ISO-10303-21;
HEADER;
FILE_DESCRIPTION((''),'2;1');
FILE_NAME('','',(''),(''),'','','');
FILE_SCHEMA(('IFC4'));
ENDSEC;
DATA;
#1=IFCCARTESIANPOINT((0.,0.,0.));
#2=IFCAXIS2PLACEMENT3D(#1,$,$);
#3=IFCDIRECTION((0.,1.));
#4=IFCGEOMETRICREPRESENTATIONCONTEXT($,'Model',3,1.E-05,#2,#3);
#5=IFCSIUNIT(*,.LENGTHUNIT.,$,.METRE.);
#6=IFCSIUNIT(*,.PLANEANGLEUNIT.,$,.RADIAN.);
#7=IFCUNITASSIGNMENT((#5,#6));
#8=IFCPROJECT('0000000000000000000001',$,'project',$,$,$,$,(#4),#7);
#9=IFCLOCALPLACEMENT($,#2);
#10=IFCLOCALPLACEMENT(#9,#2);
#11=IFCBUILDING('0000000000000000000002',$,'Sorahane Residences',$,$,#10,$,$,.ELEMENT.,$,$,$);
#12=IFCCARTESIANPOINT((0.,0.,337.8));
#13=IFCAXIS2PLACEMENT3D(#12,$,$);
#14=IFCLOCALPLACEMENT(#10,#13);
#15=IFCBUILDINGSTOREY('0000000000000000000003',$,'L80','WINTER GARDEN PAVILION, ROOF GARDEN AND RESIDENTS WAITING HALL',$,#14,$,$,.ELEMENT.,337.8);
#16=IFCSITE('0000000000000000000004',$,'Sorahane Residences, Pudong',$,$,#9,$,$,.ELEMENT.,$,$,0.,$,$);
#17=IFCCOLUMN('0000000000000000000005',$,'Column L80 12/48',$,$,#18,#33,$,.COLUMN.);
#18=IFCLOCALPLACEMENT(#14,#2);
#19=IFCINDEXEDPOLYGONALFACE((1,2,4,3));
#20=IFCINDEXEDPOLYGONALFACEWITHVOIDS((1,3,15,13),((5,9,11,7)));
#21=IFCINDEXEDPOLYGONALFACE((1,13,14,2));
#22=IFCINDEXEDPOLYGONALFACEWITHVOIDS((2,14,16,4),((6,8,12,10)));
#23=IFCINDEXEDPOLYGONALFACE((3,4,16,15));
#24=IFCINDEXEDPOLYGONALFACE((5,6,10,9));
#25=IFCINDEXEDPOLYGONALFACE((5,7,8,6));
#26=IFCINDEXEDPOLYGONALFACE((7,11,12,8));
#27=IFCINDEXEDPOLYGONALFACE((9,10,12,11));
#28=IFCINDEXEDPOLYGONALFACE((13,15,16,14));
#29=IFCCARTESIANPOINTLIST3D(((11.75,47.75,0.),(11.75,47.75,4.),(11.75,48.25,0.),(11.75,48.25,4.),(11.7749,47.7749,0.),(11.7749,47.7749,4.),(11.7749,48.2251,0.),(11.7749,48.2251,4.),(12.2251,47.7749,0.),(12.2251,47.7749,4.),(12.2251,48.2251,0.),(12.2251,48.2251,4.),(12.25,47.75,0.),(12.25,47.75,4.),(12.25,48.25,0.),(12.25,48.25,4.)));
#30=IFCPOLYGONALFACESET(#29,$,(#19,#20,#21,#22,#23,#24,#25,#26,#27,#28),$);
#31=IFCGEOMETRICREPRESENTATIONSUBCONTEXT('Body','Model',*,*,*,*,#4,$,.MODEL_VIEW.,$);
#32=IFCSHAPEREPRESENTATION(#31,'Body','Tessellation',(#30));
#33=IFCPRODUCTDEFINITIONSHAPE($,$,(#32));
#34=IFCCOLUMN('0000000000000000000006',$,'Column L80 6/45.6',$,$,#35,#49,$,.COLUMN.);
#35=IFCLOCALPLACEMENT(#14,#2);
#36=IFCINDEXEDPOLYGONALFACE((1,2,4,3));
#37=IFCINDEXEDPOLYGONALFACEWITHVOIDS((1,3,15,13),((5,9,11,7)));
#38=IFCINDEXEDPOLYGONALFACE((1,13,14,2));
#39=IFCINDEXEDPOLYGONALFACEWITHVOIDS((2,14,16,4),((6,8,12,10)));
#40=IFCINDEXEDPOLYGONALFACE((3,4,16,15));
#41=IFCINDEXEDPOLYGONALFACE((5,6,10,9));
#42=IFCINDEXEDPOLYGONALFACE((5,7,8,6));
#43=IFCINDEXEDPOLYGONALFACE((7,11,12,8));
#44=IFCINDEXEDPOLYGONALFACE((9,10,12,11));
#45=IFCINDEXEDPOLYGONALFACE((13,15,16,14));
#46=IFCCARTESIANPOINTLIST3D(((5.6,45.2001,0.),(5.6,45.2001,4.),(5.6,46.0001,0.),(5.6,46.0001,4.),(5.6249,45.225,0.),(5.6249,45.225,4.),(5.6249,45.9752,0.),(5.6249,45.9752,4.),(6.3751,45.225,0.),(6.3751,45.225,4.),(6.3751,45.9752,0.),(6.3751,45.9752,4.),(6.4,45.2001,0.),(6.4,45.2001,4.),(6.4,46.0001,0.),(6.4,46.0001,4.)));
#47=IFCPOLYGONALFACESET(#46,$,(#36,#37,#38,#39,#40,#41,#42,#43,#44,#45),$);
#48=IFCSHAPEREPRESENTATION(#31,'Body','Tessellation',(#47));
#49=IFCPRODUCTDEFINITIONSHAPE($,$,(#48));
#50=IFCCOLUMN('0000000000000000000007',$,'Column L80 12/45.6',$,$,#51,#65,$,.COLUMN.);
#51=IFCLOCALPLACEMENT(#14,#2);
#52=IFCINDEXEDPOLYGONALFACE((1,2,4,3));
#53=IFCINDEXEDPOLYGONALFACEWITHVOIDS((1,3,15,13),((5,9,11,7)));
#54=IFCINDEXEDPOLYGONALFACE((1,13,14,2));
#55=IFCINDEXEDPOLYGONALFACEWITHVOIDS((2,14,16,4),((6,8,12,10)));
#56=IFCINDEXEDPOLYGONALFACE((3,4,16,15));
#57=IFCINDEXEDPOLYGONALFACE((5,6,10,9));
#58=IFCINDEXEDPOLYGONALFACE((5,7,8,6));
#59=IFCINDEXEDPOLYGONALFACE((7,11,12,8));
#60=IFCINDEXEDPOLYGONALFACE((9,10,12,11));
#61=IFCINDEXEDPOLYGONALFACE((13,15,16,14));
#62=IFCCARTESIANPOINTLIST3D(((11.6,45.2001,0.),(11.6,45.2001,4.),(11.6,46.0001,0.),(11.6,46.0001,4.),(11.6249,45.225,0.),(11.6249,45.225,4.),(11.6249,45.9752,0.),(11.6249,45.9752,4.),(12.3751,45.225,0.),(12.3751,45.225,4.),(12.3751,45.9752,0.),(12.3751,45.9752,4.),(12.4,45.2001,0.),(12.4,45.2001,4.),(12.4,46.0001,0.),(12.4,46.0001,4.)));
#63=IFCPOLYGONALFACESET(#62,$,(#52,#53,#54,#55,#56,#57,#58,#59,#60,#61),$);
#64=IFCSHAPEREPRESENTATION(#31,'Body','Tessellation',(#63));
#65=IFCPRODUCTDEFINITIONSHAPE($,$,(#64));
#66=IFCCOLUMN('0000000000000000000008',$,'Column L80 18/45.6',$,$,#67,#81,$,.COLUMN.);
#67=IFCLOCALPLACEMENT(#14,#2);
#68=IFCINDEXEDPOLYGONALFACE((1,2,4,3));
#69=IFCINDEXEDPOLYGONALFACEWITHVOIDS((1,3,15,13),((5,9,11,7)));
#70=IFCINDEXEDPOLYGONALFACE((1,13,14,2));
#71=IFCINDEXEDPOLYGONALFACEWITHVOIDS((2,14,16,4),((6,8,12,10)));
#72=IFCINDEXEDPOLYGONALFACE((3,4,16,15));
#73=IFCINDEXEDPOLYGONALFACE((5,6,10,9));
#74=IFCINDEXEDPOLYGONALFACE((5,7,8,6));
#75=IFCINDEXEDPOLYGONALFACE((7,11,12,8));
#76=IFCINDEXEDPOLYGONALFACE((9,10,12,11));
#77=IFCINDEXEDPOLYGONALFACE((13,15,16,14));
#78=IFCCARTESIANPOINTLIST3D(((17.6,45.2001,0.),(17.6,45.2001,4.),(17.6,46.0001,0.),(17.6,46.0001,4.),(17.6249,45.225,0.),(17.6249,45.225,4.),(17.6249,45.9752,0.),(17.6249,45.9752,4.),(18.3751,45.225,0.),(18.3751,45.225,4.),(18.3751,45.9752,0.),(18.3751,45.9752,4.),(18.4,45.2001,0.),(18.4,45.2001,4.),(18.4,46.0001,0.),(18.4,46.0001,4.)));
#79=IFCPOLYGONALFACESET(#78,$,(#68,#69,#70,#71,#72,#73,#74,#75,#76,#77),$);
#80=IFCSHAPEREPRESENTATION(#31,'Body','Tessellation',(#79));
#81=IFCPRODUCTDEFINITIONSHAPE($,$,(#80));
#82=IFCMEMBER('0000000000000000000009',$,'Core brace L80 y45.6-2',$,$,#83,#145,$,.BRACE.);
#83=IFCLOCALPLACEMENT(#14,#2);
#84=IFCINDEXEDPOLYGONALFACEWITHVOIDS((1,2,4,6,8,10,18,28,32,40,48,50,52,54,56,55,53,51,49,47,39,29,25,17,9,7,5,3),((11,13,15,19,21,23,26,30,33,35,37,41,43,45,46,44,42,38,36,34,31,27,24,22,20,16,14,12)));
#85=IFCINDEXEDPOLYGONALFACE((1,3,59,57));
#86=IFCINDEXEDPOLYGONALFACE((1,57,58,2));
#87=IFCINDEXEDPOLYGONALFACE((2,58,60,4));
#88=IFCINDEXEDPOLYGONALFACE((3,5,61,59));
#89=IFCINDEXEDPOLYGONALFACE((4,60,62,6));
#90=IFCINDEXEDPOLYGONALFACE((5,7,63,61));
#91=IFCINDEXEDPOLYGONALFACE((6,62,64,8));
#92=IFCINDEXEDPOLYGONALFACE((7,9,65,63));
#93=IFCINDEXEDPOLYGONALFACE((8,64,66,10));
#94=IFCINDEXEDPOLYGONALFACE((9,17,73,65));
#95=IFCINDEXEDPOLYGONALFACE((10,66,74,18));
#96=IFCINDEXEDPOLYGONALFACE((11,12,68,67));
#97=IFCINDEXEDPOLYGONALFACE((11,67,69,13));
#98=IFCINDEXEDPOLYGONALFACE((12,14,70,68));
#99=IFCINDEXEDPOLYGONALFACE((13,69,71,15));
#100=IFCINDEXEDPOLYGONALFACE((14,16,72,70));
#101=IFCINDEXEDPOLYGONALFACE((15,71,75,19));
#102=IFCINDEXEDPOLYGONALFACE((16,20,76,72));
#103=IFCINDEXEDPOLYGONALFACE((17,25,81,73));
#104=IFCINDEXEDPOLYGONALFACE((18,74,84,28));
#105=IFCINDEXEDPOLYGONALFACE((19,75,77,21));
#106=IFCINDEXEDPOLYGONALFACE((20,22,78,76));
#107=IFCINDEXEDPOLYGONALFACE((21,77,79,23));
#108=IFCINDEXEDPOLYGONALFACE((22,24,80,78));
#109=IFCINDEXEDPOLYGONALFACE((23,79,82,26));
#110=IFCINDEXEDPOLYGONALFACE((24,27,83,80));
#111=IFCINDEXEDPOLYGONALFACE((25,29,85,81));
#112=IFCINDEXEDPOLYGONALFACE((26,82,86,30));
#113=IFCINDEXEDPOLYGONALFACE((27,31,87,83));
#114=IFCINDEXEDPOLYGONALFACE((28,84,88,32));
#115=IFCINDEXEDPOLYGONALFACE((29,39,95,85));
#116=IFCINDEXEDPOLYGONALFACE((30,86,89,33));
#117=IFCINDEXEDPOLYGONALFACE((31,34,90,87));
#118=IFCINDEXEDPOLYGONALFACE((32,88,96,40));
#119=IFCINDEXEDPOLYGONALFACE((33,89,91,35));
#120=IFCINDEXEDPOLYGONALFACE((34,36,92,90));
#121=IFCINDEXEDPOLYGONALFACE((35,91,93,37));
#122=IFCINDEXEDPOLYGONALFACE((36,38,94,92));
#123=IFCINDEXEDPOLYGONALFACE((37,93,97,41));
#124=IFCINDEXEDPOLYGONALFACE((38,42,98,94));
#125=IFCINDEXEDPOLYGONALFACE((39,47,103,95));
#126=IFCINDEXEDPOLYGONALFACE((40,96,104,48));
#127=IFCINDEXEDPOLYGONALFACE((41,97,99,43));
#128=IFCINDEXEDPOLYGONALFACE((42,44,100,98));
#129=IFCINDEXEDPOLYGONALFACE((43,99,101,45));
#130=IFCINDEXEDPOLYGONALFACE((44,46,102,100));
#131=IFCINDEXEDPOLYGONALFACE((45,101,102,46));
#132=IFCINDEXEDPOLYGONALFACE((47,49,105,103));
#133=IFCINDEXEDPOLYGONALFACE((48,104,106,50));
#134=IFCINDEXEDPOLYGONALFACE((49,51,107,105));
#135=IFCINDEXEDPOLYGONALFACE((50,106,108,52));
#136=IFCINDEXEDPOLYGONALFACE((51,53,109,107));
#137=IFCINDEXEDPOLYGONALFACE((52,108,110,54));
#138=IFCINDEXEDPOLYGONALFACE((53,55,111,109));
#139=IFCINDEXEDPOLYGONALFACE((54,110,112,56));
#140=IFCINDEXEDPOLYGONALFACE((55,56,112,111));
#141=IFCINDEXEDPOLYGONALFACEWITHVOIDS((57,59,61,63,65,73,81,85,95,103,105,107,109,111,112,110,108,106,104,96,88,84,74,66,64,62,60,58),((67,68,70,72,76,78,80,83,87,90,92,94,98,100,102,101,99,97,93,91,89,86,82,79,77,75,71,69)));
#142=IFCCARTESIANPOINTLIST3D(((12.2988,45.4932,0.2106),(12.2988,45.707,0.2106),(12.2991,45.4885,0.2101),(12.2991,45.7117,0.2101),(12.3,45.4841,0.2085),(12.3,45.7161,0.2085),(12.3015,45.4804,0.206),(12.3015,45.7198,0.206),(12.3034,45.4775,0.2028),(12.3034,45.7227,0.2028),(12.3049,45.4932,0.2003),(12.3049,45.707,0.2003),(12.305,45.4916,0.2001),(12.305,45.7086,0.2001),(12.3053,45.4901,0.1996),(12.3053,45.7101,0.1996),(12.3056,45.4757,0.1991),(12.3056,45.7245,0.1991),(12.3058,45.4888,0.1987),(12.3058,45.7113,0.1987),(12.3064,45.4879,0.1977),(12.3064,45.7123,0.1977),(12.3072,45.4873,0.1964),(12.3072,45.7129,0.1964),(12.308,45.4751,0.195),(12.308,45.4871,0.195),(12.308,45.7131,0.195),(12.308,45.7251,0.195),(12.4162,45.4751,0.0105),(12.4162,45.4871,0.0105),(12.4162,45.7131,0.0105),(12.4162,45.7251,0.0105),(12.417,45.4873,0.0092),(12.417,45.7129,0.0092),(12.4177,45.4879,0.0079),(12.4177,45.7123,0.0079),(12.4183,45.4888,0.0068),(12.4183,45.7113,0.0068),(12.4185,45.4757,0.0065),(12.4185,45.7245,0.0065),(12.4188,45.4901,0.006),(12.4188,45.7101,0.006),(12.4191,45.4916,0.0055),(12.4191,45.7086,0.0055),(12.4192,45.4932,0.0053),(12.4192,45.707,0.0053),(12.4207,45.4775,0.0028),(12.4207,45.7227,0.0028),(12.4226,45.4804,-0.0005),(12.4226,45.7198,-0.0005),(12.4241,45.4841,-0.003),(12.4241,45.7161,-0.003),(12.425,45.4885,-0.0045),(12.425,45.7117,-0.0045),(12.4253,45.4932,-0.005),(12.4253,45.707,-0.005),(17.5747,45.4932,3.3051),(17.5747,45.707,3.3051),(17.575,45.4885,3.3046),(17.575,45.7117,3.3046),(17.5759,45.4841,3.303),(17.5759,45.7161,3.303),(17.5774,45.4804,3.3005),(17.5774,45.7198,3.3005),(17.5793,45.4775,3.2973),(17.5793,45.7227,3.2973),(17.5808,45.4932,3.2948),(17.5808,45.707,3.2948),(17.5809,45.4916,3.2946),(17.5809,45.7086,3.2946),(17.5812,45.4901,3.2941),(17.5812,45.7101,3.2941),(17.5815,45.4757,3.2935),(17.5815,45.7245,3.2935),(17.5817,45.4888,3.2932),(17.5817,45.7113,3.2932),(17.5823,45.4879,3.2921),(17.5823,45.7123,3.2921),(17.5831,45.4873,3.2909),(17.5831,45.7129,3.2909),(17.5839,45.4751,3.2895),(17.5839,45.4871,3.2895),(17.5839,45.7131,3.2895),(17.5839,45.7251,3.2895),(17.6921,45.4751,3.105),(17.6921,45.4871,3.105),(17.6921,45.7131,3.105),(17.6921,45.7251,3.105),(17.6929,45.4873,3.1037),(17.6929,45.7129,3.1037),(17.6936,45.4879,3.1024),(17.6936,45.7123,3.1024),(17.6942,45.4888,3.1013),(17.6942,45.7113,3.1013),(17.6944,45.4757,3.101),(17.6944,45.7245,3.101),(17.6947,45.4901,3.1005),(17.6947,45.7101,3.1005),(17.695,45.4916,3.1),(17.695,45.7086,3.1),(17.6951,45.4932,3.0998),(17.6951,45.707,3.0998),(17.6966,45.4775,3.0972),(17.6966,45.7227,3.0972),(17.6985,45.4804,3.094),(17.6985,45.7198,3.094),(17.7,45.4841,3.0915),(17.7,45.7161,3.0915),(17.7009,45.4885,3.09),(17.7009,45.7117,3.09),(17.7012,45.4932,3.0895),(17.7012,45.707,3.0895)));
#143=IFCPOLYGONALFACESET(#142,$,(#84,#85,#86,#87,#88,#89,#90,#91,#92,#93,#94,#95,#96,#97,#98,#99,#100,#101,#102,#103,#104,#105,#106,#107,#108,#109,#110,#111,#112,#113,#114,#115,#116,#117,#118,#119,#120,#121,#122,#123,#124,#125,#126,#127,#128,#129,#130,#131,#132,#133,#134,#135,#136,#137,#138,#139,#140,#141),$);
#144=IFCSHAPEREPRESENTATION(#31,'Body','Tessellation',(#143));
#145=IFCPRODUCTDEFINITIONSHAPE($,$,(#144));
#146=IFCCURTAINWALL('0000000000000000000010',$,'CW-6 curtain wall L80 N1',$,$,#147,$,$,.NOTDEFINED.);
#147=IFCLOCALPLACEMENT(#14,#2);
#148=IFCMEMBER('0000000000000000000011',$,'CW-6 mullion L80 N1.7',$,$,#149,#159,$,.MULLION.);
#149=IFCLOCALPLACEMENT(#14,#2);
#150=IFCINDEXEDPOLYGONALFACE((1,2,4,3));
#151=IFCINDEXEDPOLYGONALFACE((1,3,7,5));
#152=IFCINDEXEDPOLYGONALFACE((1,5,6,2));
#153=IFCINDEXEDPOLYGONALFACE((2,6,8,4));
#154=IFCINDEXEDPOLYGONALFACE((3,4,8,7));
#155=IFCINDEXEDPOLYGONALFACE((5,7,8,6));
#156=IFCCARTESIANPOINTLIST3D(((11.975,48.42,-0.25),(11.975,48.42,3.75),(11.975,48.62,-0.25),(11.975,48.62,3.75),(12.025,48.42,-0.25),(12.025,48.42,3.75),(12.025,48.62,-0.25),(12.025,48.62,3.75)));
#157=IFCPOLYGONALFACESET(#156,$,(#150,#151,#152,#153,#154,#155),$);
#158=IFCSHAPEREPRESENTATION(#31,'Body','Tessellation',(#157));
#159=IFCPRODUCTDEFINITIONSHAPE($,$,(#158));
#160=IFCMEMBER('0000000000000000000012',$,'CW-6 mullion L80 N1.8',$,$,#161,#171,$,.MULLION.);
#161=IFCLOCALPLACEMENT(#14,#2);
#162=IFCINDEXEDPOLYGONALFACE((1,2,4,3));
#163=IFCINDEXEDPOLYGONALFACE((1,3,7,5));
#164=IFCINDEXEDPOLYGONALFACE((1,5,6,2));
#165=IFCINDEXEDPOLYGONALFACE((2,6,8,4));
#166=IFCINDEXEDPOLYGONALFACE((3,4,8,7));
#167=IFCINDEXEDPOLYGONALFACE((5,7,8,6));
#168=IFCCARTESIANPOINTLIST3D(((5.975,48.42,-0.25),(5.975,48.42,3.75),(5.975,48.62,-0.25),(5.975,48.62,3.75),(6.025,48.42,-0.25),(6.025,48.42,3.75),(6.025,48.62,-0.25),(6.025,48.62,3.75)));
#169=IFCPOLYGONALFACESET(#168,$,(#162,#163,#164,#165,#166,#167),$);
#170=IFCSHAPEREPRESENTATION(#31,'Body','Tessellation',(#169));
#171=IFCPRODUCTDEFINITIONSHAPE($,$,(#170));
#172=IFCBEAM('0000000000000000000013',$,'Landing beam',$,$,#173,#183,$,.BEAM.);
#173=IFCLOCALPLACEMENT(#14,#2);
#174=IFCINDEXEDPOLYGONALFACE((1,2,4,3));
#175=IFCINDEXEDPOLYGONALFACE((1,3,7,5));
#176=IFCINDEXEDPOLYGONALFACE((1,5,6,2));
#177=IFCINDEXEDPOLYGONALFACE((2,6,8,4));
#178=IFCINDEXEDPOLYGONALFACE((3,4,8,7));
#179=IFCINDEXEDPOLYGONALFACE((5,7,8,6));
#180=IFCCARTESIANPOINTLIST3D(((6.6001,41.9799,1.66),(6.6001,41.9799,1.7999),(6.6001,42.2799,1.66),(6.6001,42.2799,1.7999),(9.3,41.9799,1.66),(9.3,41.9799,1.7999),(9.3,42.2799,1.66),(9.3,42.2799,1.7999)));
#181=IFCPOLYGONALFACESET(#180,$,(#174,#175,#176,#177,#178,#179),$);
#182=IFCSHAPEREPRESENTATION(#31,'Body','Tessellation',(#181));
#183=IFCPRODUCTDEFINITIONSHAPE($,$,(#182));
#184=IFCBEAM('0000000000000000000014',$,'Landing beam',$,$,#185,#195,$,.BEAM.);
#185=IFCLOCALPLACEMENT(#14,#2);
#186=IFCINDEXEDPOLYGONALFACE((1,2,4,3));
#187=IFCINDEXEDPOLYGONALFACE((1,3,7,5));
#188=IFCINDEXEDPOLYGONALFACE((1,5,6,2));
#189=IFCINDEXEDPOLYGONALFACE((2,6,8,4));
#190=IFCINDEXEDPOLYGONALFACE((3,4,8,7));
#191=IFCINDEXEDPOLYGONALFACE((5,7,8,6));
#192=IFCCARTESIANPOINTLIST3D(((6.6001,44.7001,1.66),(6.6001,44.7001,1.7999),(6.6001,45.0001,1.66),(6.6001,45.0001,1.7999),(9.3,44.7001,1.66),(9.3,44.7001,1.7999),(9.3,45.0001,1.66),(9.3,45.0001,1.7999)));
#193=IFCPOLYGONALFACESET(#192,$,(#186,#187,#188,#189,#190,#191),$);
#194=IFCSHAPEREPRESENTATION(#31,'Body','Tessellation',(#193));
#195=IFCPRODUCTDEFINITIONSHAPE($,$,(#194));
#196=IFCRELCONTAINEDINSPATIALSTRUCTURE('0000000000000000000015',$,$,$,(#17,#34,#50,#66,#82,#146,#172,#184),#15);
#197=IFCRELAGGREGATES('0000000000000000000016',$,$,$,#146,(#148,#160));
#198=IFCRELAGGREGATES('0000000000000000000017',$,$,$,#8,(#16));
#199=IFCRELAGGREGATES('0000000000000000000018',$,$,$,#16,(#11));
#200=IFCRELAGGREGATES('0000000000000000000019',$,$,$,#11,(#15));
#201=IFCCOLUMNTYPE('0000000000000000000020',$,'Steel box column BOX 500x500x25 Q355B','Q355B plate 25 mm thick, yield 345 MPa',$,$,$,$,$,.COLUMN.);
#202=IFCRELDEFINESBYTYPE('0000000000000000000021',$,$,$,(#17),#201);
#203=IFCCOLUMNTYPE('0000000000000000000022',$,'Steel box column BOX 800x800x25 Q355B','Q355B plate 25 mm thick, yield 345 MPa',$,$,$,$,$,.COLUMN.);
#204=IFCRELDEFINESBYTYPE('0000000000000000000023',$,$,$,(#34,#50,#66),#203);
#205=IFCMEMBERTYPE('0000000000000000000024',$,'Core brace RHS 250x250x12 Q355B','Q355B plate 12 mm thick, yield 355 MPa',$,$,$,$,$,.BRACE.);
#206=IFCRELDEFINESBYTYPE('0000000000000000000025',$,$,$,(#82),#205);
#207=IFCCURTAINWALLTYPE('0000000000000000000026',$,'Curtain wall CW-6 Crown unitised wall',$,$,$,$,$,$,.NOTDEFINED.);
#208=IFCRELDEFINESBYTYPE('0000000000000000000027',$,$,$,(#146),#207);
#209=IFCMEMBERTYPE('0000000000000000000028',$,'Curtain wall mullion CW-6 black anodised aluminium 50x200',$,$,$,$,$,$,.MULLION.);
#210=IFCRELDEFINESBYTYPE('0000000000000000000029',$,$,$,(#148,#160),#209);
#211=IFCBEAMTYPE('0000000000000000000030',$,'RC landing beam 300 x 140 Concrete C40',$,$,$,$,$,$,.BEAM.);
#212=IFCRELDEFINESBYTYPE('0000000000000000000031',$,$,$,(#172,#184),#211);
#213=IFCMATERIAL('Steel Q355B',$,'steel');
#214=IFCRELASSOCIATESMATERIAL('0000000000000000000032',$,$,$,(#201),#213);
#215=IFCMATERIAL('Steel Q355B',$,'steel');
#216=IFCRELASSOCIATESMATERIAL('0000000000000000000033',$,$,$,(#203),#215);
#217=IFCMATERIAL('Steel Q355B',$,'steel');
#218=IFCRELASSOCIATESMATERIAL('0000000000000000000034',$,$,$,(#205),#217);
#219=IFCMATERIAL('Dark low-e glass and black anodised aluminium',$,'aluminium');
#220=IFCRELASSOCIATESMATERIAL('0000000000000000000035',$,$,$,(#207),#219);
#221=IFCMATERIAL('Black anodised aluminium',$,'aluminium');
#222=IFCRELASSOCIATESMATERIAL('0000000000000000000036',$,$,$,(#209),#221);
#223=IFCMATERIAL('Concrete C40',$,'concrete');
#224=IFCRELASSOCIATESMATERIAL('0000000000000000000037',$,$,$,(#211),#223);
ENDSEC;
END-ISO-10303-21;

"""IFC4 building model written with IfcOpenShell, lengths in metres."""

from ifc_helpers import new_model, si_unit, direction, frame, origin, origin_2d, place, context, subcontext, project, spatial, rectangle, hollow_rectangle, extrude, material, material_profile, profile_set, type_object, element, aggregate, save


model = new_model("IFC4")

# Units and contexts
model_context = context("Model", 3, precision=1e-05, world=origin(), true_north=direction((0.0, 1.0)))
body_context = subcontext(model_context, "Body", "Model", "MODEL_VIEW")
ifc_project = project(units=[si_unit("LENGTHUNIT", "METRE"), si_unit("PLANEANGLEUNIT", "RADIAN")], contexts=[model_context])

# Site, building, storey
site_placement = place(None, origin())
site = spatial("IfcSite", under=ifc_project, at=site_placement, Name="Sorahane Residences, Pudong", CompositionType="ELEMENT", RefElevation=0.0)
building_placement = place(site_placement, origin())
building = spatial("IfcBuilding", under=site, at=building_placement, Name="Sorahane Residences", CompositionType="ELEMENT")
storey_placement = place(building_placement, frame((0.0, 0.0, 337.8)))
storey = spatial("IfcBuildingStorey", under=building, at=storey_placement, Name="L80", Description="WINTER GARDEN PAVILION, ROOF GARDEN AND RESIDENTS WAITING HALL", CompositionType="ELEMENT", Elevation=337.8)

# Columns
ifc_material_1 = material(Name="Steel Q355B", Category="steel")
ifc_material_profile_1 = material_profile(ifc_material_1, hollow_rectangle(XDim=0.5, YDim=0.5, WallThickness=0.0249, at=origin_2d()), Name="BOX 500x500x25")
ifc_profile_set_1 = profile_set([ifc_material_profile_1], Name="Steel Q355B")
column_type_1 = type_object("IfcColumnType", Name="Steel box column BOX 500x500x25 Q355B", Description="Q355B plate 25 mm thick, yield 345 MPa", PredefinedType="COLUMN", material=ifc_profile_set_1)
column_placement = place(storey_placement, frame((12.0, 48.0, 0.0), z_axis=(0.0, 0.0, 1.0), x_axis=(1.0, 0.0, 0.0)))
element("IfcColumn", 1, at=column_placement, inside=storey, type_object=column_type_1, Name="Column L80 12/48", PredefinedType="COLUMN", context=body_context, shape_type="SweptSolid", body=[
    extrude(hollow_rectangle(XDim=0.5, YDim=0.5, WallThickness=0.0249, at=origin_2d()), origin(), (0.0, 0.0, 1.0), 4.0),
])
ifc_material_2 = material(Name="Steel Q355B", Category="steel")
ifc_material_profile_2 = material_profile(ifc_material_2, hollow_rectangle(XDim=0.8, YDim=0.8, WallThickness=0.0249, at=origin_2d()), Name="BOX 800x800x25")
ifc_profile_set_2 = profile_set([ifc_material_profile_2], Name="Steel Q355B")
column_type_2 = type_object("IfcColumnType", Name="Steel box column BOX 800x800x25 Q355B", Description="Q355B plate 25 mm thick, yield 345 MPa", PredefinedType="COLUMN", material=ifc_profile_set_2)
for number, where, z_axis, x_axis, name in (
    (2, (6.0, 45.6001, 0.0), (0.0, 0.0, 1.0), (1.0, 0.0, 0.0), "Column L80 6/45.6"),
    (3, (12.0, 45.6001, 0.0), (0.0, 0.0, 1.0), (1.0, 0.0, 0.0), "Column L80 12/45.6"),
    (4, (18.0, 45.6001, 0.0), (0.0, 0.0, 1.0), (1.0, 0.0, 0.0), "Column L80 18/45.6"),
):
    element("IfcColumn", number, at=place(storey_placement, frame(where, z_axis=z_axis, x_axis=x_axis)), inside=storey, type_object=column_type_2, Name=name, PredefinedType="COLUMN", context=body_context, shape_type="SweptSolid", body=[
        extrude(hollow_rectangle(XDim=0.8, YDim=0.8, WallThickness=0.0249, at=origin_2d()), origin(), (0.0, 0.0, 1.0), 4.0),
    ])

# Member
ifc_material_3 = material(Name="Steel Q355B", Category="steel")
ifc_material_profile_3 = material_profile(ifc_material_3, hollow_rectangle(XDim=0.25, YDim=0.25, WallThickness=0.012, InnerFilletRadius=0.0061, OuterFilletRadius=0.0181, at=origin_2d()), Name="RHS 250x250x12")
ifc_profile_set_3 = profile_set([ifc_material_profile_3], Name="Steel Q355B")
member_type_1 = type_object("IfcMemberType", Name="Core brace RHS 250x250x12 Q355B", Description="Q355B plate 12 mm thick, yield 355 MPa", PredefinedType="BRACE", material=ifc_profile_set_3)
member_1_placement = place(storey_placement, frame((12.3621, 45.6001, 0.1028), z_axis=(0.862575, 0.0, 0.505929), x_axis=(0.0, 1.0, 0.0)))
element("IfcMember", 5, at=member_1_placement, inside=storey, type_object=member_type_1, Name="Core brace L80 y45.6-2", PredefinedType="BRACE", context=body_context, shape_type="SweptSolid", body=[
    extrude(hollow_rectangle(XDim=0.25, YDim=0.25, WallThickness=0.012, InnerFilletRadius=0.0061, OuterFilletRadius=0.0181, at=origin_2d()), origin(), (0.0, 0.0, 1.0), 6.1165),
])

# Curtain wall, members
ifc_material_4 = material(Name="Dark low-e glass and black anodised aluminium", Category="aluminium")
curtain_wall_type = type_object("IfcCurtainWallType", Name="Curtain wall CW-6 Crown unitised wall", PredefinedType="NOTDEFINED", material=ifc_material_4)
curtain_wall_placement = place(storey_placement, origin())
curtain_wall = element("IfcCurtainWall", 6, at=curtain_wall_placement, inside=storey, type_object=curtain_wall_type, Name="CW-6 curtain wall L80 N1", PredefinedType="NOTDEFINED")
ifc_material_5 = material(Name="Black anodised aluminium", Category="aluminium")
ifc_material_profile_4 = material_profile(ifc_material_5, rectangle(XDim=0.2, YDim=0.05, at=origin_2d()), Name="Curtain wall mullion CW-6 black anodised aluminium 50x200")
ifc_profile_set_4 = profile_set([ifc_material_profile_4], Name="Black anodised aluminium")
member_type_2 = type_object("IfcMemberType", Name="Curtain wall mullion CW-6 black anodised aluminium 50x200", PredefinedType="MULLION", material=ifc_profile_set_4)
member_2_placement = place(storey_placement, frame((12.0, 48.52, -0.25), z_axis=(0.0, 0.0, 1.0), x_axis=(0.0, 1.0, 0.0)))
member_2 = element("IfcMember", 7, at=member_2_placement, type_object=member_type_2, Name="CW-6 mullion L80 N1.7", PredefinedType="MULLION", context=body_context, shape_type="SweptSolid", body=[
    extrude(rectangle(XDim=0.2, YDim=0.05, at=origin_2d()), origin(), (0.0, 0.0, 1.0), 4.0),
])
member_3_placement = place(storey_placement, frame((6.0, 48.52, -0.25), z_axis=(0.0, 0.0, 1.0), x_axis=(0.0, 1.0, 0.0)))
member_3 = element("IfcMember", 8, at=member_3_placement, type_object=member_type_2, Name="CW-6 mullion L80 N1.8", PredefinedType="MULLION", context=body_context, shape_type="SweptSolid", body=[
    extrude(rectangle(XDim=0.2, YDim=0.05, at=origin_2d()), origin(), (0.0, 0.0, 1.0), 4.0),
])

# Beams
ifc_material_6 = material(Name="Concrete C40", Category="concrete")
ifc_material_profile_5 = material_profile(ifc_material_6, rectangle(XDim=0.3, YDim=0.1399, at=origin_2d()), Name="300x140")
ifc_profile_set_5 = profile_set([ifc_material_profile_5], Name="Concrete C40")
beam_type_1 = type_object("IfcBeamType", Name="RC landing beam 300 x 140 Concrete C40", PredefinedType="BEAM", material=ifc_profile_set_5)
for number, where, z_axis, x_axis, name in (
    (9, (6.6001, 42.1299, 1.73), (1.0, 0.0, 0.0), (0.0, 1.0, 0.0), "Landing beam"),
    (10, (6.6001, 44.8501, 1.73), (1.0, 0.0, 0.0), (0.0, 1.0, 0.0), "Landing beam"),
):
    element("IfcBeam", number, at=place(storey_placement, frame(where, z_axis=z_axis, x_axis=x_axis)), inside=storey, type_object=beam_type_1, Name=name, PredefinedType="BEAM", context=body_context, shape_type="SweptSolid", body=[
        extrude(rectangle(XDim=0.3, YDim=0.1399, at=origin_2d()), origin(), (0.0, 0.0, 1.0), 2.7),
    ])

aggregate(curtain_wall, [member_2, member_3])

save(model, "model.ifc")
